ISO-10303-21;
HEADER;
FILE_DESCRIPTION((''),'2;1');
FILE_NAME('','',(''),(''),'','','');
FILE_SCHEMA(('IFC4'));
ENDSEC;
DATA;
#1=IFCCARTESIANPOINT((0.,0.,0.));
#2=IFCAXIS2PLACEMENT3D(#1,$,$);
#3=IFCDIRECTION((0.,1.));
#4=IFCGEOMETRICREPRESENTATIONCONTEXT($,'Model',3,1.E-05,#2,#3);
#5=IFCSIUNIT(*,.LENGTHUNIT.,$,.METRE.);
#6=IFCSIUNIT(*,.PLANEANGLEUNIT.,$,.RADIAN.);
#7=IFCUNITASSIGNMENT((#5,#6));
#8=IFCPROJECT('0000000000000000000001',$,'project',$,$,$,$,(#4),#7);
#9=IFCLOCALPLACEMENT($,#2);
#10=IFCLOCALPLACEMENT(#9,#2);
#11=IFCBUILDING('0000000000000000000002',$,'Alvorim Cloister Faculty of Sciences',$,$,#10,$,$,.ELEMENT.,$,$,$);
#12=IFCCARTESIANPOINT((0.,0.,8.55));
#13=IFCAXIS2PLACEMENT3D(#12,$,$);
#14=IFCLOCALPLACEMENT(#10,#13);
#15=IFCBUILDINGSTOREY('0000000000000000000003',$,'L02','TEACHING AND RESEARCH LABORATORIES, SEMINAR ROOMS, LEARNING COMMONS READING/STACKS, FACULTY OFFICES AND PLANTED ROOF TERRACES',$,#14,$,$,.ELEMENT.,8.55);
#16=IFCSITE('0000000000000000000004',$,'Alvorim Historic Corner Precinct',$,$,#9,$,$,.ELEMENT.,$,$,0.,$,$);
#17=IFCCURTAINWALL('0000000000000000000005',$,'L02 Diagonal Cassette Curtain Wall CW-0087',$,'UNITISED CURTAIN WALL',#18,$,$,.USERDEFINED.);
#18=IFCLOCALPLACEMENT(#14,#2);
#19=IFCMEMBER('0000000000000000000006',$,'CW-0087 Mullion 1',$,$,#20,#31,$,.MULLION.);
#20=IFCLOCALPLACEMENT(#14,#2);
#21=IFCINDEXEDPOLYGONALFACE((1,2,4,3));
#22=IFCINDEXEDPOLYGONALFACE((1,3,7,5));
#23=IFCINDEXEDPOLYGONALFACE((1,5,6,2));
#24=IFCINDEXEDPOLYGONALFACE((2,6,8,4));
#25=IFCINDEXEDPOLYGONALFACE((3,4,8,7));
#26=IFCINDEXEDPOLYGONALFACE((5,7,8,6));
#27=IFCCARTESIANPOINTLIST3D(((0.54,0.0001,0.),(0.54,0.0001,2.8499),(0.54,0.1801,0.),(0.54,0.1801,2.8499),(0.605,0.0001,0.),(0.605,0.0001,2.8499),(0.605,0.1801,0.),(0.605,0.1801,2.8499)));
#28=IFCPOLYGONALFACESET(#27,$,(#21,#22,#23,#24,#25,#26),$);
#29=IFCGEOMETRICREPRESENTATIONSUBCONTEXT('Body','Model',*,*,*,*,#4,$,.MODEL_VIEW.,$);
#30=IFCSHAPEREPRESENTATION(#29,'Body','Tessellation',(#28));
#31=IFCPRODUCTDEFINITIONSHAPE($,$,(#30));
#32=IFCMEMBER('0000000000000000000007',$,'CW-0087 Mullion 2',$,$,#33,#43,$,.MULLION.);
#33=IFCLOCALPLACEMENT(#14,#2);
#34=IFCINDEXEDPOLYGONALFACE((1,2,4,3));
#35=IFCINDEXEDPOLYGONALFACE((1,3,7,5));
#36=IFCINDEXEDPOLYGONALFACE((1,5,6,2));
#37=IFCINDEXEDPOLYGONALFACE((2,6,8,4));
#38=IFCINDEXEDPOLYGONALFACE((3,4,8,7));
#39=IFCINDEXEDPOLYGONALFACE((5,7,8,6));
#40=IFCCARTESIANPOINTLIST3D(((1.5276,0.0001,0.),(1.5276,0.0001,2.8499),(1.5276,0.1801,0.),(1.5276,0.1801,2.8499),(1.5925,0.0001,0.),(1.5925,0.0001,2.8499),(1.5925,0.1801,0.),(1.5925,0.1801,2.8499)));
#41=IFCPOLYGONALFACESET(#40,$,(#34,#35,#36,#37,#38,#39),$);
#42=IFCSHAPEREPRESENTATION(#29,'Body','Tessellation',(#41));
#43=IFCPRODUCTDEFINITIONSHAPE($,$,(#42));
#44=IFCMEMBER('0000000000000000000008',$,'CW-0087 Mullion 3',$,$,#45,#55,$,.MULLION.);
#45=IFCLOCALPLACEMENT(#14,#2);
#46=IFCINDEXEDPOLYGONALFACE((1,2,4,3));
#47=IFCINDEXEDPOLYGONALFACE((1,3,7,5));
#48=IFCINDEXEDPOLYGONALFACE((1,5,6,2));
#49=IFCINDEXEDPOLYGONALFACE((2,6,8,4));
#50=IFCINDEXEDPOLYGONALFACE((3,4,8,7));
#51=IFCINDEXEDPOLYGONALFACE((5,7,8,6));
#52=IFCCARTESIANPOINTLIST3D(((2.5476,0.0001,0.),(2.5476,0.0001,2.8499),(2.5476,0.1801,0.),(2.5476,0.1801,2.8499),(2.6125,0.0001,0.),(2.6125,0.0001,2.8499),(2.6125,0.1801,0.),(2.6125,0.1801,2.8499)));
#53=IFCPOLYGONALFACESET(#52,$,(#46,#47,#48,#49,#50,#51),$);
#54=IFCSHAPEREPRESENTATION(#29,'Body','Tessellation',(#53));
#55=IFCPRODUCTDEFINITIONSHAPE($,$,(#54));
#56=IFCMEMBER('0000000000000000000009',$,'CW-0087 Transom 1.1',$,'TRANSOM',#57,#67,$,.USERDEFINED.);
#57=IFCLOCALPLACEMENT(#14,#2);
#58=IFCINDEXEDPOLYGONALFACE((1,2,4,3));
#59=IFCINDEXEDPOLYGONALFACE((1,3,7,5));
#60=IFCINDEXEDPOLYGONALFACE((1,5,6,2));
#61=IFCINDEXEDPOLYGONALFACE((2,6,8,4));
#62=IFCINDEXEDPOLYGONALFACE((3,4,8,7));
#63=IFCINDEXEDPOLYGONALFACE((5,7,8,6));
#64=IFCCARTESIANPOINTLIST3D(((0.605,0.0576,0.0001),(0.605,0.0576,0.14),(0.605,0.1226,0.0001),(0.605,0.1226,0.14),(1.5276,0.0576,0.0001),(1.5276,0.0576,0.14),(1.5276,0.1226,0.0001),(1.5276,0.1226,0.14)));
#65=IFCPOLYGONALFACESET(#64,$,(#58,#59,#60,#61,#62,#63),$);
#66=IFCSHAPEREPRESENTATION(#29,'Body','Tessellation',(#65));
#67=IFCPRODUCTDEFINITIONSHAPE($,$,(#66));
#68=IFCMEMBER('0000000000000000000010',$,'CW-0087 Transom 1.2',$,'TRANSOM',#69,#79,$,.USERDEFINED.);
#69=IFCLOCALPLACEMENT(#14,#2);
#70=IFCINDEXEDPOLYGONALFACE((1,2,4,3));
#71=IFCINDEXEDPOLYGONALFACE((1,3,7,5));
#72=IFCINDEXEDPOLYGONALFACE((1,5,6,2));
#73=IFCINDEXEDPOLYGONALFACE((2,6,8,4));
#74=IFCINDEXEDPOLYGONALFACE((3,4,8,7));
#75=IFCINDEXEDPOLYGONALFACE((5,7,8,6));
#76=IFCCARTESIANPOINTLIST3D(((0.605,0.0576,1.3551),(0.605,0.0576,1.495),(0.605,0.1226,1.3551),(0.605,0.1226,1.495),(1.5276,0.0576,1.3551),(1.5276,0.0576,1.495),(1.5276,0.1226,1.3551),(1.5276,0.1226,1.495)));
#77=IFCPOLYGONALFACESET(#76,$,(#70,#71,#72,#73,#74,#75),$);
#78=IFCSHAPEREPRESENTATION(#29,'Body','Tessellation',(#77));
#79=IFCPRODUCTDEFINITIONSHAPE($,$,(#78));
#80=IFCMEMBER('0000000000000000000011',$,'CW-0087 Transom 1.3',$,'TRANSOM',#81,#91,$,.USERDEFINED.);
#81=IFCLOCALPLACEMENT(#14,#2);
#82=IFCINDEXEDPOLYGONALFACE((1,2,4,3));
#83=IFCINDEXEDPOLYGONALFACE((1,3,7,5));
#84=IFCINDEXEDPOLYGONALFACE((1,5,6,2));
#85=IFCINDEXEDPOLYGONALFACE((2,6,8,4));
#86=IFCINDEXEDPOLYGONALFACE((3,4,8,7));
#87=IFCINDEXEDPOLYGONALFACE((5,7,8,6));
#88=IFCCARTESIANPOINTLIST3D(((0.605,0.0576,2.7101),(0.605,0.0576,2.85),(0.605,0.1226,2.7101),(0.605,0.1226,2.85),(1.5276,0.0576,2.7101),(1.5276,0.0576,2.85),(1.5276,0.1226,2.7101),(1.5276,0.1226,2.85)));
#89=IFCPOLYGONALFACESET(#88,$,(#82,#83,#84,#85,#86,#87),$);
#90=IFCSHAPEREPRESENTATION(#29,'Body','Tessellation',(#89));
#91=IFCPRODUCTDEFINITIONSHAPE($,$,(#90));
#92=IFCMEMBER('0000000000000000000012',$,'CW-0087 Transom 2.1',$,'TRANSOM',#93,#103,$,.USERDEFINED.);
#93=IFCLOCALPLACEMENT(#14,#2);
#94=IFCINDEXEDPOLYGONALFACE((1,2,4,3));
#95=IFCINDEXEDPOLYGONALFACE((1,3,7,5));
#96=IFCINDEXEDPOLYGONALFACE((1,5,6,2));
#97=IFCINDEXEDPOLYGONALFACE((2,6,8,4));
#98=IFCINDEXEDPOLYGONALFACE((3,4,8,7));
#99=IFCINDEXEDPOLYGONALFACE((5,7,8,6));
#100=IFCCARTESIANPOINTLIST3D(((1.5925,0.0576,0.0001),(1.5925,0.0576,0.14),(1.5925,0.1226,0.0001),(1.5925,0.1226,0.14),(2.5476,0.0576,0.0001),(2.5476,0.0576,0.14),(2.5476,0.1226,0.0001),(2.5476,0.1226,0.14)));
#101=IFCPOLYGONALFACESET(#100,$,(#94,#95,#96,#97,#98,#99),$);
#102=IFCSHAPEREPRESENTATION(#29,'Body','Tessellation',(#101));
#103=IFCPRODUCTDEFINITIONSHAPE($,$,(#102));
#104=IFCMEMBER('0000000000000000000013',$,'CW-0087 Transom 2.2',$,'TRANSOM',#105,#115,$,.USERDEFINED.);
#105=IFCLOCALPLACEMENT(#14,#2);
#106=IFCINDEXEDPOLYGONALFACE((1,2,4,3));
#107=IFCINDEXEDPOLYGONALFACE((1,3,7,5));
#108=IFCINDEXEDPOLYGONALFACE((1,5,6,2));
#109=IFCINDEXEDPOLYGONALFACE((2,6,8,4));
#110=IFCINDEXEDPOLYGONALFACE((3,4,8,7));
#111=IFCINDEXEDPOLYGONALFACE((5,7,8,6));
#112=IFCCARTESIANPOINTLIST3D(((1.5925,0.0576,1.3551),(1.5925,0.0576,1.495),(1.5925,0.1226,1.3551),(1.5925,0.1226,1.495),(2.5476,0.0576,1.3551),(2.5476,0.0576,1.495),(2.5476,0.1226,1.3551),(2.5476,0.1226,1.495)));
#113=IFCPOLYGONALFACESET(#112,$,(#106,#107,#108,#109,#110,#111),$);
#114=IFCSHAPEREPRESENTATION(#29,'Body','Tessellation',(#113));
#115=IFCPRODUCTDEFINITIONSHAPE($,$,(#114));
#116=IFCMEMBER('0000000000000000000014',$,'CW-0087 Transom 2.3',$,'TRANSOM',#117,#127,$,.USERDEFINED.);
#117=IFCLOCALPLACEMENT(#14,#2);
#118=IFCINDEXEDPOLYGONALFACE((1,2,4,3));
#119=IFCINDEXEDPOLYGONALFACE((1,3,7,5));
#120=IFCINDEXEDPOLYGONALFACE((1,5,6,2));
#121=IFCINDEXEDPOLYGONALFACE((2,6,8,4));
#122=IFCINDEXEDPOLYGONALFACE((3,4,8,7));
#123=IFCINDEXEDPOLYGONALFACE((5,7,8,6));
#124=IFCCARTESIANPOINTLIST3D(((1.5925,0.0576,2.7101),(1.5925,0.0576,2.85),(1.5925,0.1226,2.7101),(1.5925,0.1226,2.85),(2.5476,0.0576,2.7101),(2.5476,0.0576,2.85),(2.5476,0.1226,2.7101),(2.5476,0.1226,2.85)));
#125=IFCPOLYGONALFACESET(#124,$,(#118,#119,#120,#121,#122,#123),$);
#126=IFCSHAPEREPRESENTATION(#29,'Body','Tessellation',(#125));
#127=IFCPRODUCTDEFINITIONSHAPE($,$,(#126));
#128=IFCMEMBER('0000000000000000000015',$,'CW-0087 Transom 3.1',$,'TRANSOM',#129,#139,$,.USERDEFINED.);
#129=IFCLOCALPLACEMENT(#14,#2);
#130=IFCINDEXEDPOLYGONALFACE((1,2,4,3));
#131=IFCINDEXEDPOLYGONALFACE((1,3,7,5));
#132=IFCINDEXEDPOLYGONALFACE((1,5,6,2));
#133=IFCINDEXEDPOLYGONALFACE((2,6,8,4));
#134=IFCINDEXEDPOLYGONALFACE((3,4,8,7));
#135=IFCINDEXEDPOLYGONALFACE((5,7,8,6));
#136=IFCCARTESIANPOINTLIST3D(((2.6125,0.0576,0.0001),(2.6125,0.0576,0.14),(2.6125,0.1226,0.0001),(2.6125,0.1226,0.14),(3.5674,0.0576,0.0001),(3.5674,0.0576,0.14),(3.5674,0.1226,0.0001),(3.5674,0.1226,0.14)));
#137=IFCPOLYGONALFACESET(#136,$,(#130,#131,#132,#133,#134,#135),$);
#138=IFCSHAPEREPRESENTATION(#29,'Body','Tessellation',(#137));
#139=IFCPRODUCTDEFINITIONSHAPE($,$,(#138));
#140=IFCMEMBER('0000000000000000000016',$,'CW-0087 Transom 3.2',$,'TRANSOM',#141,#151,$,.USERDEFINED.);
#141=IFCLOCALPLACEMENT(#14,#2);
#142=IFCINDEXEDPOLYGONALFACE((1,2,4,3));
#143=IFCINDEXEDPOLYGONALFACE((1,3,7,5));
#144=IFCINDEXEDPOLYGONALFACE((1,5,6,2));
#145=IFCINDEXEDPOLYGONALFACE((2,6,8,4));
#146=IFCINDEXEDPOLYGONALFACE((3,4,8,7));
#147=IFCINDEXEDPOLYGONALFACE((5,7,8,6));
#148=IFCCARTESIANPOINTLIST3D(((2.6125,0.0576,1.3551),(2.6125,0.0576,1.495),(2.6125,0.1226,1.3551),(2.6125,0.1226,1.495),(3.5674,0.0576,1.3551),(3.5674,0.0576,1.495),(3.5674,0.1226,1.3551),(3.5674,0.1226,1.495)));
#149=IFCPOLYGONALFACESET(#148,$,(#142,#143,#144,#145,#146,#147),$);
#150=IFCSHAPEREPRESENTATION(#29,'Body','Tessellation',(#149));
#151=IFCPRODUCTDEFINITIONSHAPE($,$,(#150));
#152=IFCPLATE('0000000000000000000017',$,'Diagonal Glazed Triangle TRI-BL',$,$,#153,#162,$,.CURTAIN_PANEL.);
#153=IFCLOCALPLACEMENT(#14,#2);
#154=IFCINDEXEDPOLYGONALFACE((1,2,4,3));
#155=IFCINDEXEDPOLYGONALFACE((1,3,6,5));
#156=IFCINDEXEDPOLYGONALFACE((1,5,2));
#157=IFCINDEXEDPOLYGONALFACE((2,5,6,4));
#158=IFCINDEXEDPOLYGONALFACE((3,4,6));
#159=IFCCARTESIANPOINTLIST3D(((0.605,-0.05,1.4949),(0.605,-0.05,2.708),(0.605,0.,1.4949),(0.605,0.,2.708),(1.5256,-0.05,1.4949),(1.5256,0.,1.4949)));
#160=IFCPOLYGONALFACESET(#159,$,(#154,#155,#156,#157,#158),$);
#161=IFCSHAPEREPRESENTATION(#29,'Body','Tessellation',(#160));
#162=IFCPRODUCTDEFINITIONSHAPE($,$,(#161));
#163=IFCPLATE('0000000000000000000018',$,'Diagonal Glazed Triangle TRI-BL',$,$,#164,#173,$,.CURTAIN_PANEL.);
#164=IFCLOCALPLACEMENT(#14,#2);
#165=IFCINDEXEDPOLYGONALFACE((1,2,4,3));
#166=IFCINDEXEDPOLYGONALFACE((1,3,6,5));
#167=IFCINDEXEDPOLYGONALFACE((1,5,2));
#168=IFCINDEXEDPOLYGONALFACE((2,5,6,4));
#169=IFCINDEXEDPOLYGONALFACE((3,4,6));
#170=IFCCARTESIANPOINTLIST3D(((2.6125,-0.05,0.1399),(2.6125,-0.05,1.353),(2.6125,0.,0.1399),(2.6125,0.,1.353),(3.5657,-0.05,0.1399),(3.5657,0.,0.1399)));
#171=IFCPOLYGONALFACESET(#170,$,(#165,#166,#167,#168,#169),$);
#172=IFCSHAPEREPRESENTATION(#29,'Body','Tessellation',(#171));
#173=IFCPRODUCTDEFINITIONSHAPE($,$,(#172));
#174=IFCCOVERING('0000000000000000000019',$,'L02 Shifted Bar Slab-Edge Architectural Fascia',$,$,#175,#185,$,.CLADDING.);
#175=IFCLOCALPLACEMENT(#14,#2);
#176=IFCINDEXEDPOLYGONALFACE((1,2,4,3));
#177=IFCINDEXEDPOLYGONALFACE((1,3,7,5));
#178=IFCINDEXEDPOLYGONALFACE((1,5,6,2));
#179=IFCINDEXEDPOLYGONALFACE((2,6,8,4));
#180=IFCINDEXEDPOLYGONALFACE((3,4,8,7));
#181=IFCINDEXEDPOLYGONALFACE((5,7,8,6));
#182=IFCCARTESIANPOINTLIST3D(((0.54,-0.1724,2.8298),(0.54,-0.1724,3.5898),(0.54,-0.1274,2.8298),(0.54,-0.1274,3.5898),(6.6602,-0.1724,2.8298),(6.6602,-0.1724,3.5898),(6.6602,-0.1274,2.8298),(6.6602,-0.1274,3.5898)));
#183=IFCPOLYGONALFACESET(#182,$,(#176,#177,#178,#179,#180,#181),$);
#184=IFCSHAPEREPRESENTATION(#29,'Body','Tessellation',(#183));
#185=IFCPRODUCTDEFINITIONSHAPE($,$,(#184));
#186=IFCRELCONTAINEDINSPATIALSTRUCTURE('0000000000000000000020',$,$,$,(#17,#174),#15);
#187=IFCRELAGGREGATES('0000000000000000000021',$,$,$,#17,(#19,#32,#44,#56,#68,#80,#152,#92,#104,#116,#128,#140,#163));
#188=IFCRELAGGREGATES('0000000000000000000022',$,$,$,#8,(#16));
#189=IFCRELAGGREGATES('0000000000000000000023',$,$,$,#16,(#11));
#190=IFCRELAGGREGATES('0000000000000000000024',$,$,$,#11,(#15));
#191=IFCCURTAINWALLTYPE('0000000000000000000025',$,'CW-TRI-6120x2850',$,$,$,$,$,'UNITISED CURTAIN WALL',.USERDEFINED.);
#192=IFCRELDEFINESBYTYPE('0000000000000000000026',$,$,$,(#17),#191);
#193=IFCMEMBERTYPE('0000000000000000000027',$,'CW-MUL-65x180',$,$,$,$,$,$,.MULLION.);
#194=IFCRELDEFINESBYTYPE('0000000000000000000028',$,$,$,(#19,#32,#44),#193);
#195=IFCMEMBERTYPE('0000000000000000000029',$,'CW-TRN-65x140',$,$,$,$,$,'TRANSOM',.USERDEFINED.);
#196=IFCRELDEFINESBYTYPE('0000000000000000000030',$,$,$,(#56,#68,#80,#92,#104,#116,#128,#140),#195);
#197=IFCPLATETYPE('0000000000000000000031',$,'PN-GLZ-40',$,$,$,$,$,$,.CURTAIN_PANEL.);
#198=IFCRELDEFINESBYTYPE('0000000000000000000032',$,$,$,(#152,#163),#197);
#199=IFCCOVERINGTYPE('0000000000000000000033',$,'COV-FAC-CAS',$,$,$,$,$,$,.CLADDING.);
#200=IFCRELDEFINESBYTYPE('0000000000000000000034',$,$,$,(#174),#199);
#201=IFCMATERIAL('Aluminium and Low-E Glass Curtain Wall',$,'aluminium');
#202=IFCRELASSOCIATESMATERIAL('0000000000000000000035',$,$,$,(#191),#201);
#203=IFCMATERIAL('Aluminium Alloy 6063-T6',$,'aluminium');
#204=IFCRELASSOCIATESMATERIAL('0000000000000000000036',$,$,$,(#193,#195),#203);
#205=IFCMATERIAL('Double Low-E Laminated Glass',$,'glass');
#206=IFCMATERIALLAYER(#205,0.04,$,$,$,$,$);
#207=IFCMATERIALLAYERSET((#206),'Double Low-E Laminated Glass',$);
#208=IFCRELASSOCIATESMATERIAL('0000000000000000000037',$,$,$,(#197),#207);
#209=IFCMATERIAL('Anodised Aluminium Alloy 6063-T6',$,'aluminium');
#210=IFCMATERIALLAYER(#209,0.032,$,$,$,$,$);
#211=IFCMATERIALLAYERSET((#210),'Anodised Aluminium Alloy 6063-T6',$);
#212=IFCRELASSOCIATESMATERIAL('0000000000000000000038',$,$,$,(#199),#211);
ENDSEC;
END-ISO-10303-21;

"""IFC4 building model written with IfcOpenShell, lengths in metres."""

from ifc_helpers import new_model, si_unit, direction, frame, origin, origin_2d, place, context, subcontext, project, spatial, polyline, rectangle, outline, extrude, material, layer, layer_set, material_profile, profile_set, type_object, element, aggregate, save


model = new_model("IFC4")

# Units and contexts
model_context = context("Model", 3, precision=1e-05, world=origin(), true_north=direction((0.0, 1.0)))
body_context = subcontext(model_context, "Body", "Model", "MODEL_VIEW")
ifc_project = project(units=[si_unit("LENGTHUNIT", "METRE"), si_unit("PLANEANGLEUNIT", "RADIAN")], contexts=[model_context])

# Site, building, storey
site_placement = place(None, origin())
site = spatial("IfcSite", under=ifc_project, at=site_placement, Name="Alvorim Historic Corner Precinct", CompositionType="ELEMENT", RefElevation=0.0)
building_placement = place(site_placement, origin())
building = spatial("IfcBuilding", under=site, at=building_placement, Name="Alvorim Cloister Faculty of Sciences", CompositionType="ELEMENT")
storey_placement = place(building_placement, frame((0.0, 0.0, 8.55)))
storey = spatial("IfcBuildingStorey", under=building, at=storey_placement, Name="L02", Description="TEACHING AND RESEARCH LABORATORIES, SEMINAR ROOMS, LEARNING COMMONS READING/STACKS, FACULTY OFFICES AND PLANTED ROOF TERRACES", CompositionType="ELEMENT", Elevation=8.55)

# Curtain wall, members, plates
ifc_material_1 = material(Name="Aluminium and Low-E Glass Curtain Wall", Category="aluminium")
curtain_wall_type = type_object("IfcCurtainWallType", Name="CW-TRI-6120x2850", ElementType="UNITISED CURTAIN WALL", PredefinedType="USERDEFINED", material=ifc_material_1)
curtain_wall_placement = place(storey_placement, origin())
curtain_wall = element("IfcCurtainWall", 1, at=curtain_wall_placement, inside=storey, type_object=curtain_wall_type, Name="L02 Diagonal Cassette Curtain Wall CW-0087", ObjectType="UNITISED CURTAIN WALL", PredefinedType="USERDEFINED")
ifc_material_2 = material(Name="Aluminium Alloy 6063-T6", Category="aluminium")
ifc_material_profile_1 = material_profile(ifc_material_2, rectangle(XDim=0.0649, YDim=0.1799, at=origin_2d()), Name="ALU-MUL-65x180")
ifc_profile_set_1 = profile_set([ifc_material_profile_1], Name="Aluminium Alloy 6063-T6")
member_type_1 = type_object("IfcMemberType", Name="CW-MUL-65x180", PredefinedType="MULLION", material=ifc_profile_set_1)
member_1_placement = place(storey_placement, frame((0.5725, 0.0901, 0.0), z_axis=(0.0, 0.0, 1.0), x_axis=(1.0, 0.0, 0.0)))
member_1 = element("IfcMember", 2, at=member_1_placement, type_object=member_type_1, Name="CW-0087 Mullion 1", PredefinedType="MULLION", context=body_context, shape_type="SweptSolid", body=[
    extrude(rectangle(XDim=0.0649, YDim=0.1799, at=origin_2d()), origin(), (0.0, 0.0, 1.0), 2.8499),
])
member_2_placement = place(storey_placement, frame((1.5601, 0.0901, 0.0), z_axis=(0.0, 0.0, 1.0), x_axis=(1.0, 0.0, 0.0)))
member_2 = element("IfcMember", 3, at=member_2_placement, type_object=member_type_1, Name="CW-0087 Mullion 2", PredefinedType="MULLION", context=body_context, shape_type="SweptSolid", body=[
    extrude(rectangle(XDim=0.0649, YDim=0.1799, at=origin_2d()), origin(), (0.0, 0.0, 1.0), 2.8499),
])
member_3_placement = place(storey_placement, frame((2.5801, 0.0901, 0.0), z_axis=(0.0, 0.0, 1.0), x_axis=(1.0, 0.0, 0.0)))
member_3 = element("IfcMember", 4, at=member_3_placement, type_object=member_type_1, Name="CW-0087 Mullion 3", PredefinedType="MULLION", context=body_context, shape_type="SweptSolid", body=[
    extrude(rectangle(XDim=0.0649, YDim=0.1799, at=origin_2d()), origin(), (0.0, 0.0, 1.0), 2.8499),
])
ifc_material_profile_2 = material_profile(ifc_material_2, rectangle(XDim=0.0649, YDim=0.1399, at=origin_2d()), Name="ALU-TRN-65x140")
ifc_profile_set_2 = profile_set([ifc_material_profile_2], Name="Aluminium Alloy 6063-T6")
member_type_2 = type_object("IfcMemberType", Name="CW-TRN-65x140", ElementType="TRANSOM", PredefinedType="USERDEFINED", material=ifc_profile_set_2)
member_4_placement = place(storey_placement, frame((0.605, 0.0901, 0.0701), z_axis=(1.0, 0.0, 0.0), x_axis=(0.0, 1.0, 0.0)))
member_4 = element("IfcMember", 5, at=member_4_placement, type_object=member_type_2, Name="CW-0087 Transom 1.1", ObjectType="TRANSOM", PredefinedType="USERDEFINED", context=body_context, shape_type="SweptSolid", body=[
    extrude(rectangle(XDim=0.0649, YDim=0.1399, at=origin_2d()), origin(), (0.0, 0.0, 1.0), 0.9226),
])
member_5_placement = place(storey_placement, frame((0.605, 0.0901, 1.425), z_axis=(1.0, 0.0, 0.0), x_axis=(0.0, 1.0, 0.0)))
member_5 = element("IfcMember", 6, at=member_5_placement, type_object=member_type_2, Name="CW-0087 Transom 1.2", ObjectType="TRANSOM", PredefinedType="USERDEFINED", context=body_context, shape_type="SweptSolid", body=[
    extrude(rectangle(XDim=0.0649, YDim=0.1399, at=origin_2d()), origin(), (0.0, 0.0, 1.0), 0.9226),
])
member_6_placement = place(storey_placement, frame((0.605, 0.0901, 2.78), z_axis=(1.0, 0.0, 0.0), x_axis=(0.0, 1.0, 0.0)))
member_6 = element("IfcMember", 7, at=member_6_placement, type_object=member_type_2, Name="CW-0087 Transom 1.3", ObjectType="TRANSOM", PredefinedType="USERDEFINED", context=body_context, shape_type="SweptSolid", body=[
    extrude(rectangle(XDim=0.0649, YDim=0.1399, at=origin_2d()), origin(), (0.0, 0.0, 1.0), 0.9226),
])
member_7_placement = place(storey_placement, frame((1.5925, 0.0901, 0.0701), z_axis=(1.0, 0.0, 0.0), x_axis=(0.0, 1.0, 0.0)))
member_7 = element("IfcMember", 8, at=member_7_placement, type_object=member_type_2, Name="CW-0087 Transom 2.1", ObjectType="TRANSOM", PredefinedType="USERDEFINED", context=body_context, shape_type="SweptSolid", body=[
    extrude(rectangle(XDim=0.0649, YDim=0.1399, at=origin_2d()), origin(), (0.0, 0.0, 1.0), 0.9551),
])
member_8_placement = place(storey_placement, frame((1.5925, 0.0901, 1.425), z_axis=(1.0, 0.0, 0.0), x_axis=(0.0, 1.0, 0.0)))
member_8 = element("IfcMember", 9, at=member_8_placement, type_object=member_type_2, Name="CW-0087 Transom 2.2", ObjectType="TRANSOM", PredefinedType="USERDEFINED", context=body_context, shape_type="SweptSolid", body=[
    extrude(rectangle(XDim=0.0649, YDim=0.1399, at=origin_2d()), origin(), (0.0, 0.0, 1.0), 0.9551),
])
member_9_placement = place(storey_placement, frame((1.5925, 0.0901, 2.78), z_axis=(1.0, 0.0, 0.0), x_axis=(0.0, 1.0, 0.0)))
member_9 = element("IfcMember", 10, at=member_9_placement, type_object=member_type_2, Name="CW-0087 Transom 2.3", ObjectType="TRANSOM", PredefinedType="USERDEFINED", context=body_context, shape_type="SweptSolid", body=[
    extrude(rectangle(XDim=0.0649, YDim=0.1399, at=origin_2d()), origin(), (0.0, 0.0, 1.0), 0.9551),
])
member_10_placement = place(storey_placement, frame((2.6125, 0.0901, 0.0701), z_axis=(1.0, 0.0, 0.0), x_axis=(0.0, 1.0, 0.0)))
member_10 = element("IfcMember", 11, at=member_10_placement, type_object=member_type_2, Name="CW-0087 Transom 3.1", ObjectType="TRANSOM", PredefinedType="USERDEFINED", context=body_context, shape_type="SweptSolid", body=[
    extrude(rectangle(XDim=0.0649, YDim=0.1399, at=origin_2d()), origin(), (0.0, 0.0, 1.0), 0.9548),
])
member_11_placement = place(storey_placement, frame((2.6125, 0.0901, 1.425), z_axis=(1.0, 0.0, 0.0), x_axis=(0.0, 1.0, 0.0)))
member_11 = element("IfcMember", 12, at=member_11_placement, type_object=member_type_2, Name="CW-0087 Transom 3.2", ObjectType="TRANSOM", PredefinedType="USERDEFINED", context=body_context, shape_type="SweptSolid", body=[
    extrude(rectangle(XDim=0.0649, YDim=0.1399, at=origin_2d()), origin(), (0.0, 0.0, 1.0), 0.9548),
])
ifc_material_3 = material(Name="Double Low-E Laminated Glass", Category="glass")
ifc_layer_1 = layer(ifc_material_3, 0.04)
ifc_layer_set_1 = layer_set([ifc_layer_1], Name="Double Low-E Laminated Glass")
plate_type = type_object("IfcPlateType", Name="PN-GLZ-40", PredefinedType="CURTAIN_PANEL", material=ifc_layer_set_1)
plate_1_placement = place(storey_placement, frame((0.605, -0.0249, 1.4949), z_axis=(0.0, 0.0, 1.0), x_axis=(1.0, 0.0, 0.0)))
plate_1 = element("IfcPlate", 13, at=plate_1_placement, type_object=plate_type, Name="Diagonal Glazed Triangle TRI-BL", PredefinedType="CURTAIN_PANEL", context=body_context, shape_type="SweptSolid", body=[
    extrude(outline(polyline([(0.0, 0.0), (0.9207, 0.0), (0.0, 1.2131), (0.0, 0.0)])), frame((0.0, 0.0249, 0.0), z_axis=(0.0, -1.0, 0.0), x_axis=(1.0, 0.0, 0.0)), (0.0, 0.0, 1.0), 0.05),
])
plate_2_placement = place(storey_placement, frame((2.6125, -0.0249, 0.1399), z_axis=(0.0, 0.0, 1.0), x_axis=(1.0, 0.0, 0.0)))
plate_2 = element("IfcPlate", 14, at=plate_2_placement, type_object=plate_type, Name="Diagonal Glazed Triangle TRI-BL", PredefinedType="CURTAIN_PANEL", context=body_context, shape_type="SweptSolid", body=[
    extrude(outline(polyline([(0.0, 0.0), (0.9531, 0.0), (0.0, 1.2131), (0.0, 0.0)])), frame((0.0, 0.0249, 0.0), z_axis=(0.0, -1.0, 0.0), x_axis=(1.0, 0.0, 0.0)), (0.0, 0.0, 1.0), 0.05),
])
aggregate(curtain_wall, [member_1, member_2, member_3, member_4, member_5, member_6, plate_1, member_7, member_8, member_9, member_10, member_11, plate_2])

# Covering
ifc_material_4 = material(Name="Anodised Aluminium Alloy 6063-T6", Category="aluminium")
ifc_layer_2 = layer(ifc_material_4, 0.032)
ifc_layer_set_2 = layer_set([ifc_layer_2], Name="Anodised Aluminium Alloy 6063-T6")
covering_type = type_object("IfcCoveringType", Name="COV-FAC-CAS", PredefinedType="CLADDING", material=ifc_layer_set_2)
covering_placement = place(storey_placement, frame((0.54, -0.1499, 2.8298), z_axis=(0.0, 0.0, 1.0), x_axis=(1.0, 0.0, 0.0)))
element("IfcCovering", 15, at=covering_placement, inside=storey, type_object=covering_type, Name="L02 Shifted Bar Slab-Edge Architectural Fascia", PredefinedType="CLADDING", context=body_context, shape_type="SweptSolid", body=[
    extrude(outline(polyline([(0.0, 0.0), (6.1201, 0.0), (6.1201, 0.76), (0.0, 0.76), (0.0, 0.0)])), frame((0.0, 0.0225, 0.0), z_axis=(0.0, -1.0, 0.0), x_axis=(1.0, 0.0, 0.0)), (0.0, 0.0, 1.0), 0.0449),
])

save(model, "model.ifc")
